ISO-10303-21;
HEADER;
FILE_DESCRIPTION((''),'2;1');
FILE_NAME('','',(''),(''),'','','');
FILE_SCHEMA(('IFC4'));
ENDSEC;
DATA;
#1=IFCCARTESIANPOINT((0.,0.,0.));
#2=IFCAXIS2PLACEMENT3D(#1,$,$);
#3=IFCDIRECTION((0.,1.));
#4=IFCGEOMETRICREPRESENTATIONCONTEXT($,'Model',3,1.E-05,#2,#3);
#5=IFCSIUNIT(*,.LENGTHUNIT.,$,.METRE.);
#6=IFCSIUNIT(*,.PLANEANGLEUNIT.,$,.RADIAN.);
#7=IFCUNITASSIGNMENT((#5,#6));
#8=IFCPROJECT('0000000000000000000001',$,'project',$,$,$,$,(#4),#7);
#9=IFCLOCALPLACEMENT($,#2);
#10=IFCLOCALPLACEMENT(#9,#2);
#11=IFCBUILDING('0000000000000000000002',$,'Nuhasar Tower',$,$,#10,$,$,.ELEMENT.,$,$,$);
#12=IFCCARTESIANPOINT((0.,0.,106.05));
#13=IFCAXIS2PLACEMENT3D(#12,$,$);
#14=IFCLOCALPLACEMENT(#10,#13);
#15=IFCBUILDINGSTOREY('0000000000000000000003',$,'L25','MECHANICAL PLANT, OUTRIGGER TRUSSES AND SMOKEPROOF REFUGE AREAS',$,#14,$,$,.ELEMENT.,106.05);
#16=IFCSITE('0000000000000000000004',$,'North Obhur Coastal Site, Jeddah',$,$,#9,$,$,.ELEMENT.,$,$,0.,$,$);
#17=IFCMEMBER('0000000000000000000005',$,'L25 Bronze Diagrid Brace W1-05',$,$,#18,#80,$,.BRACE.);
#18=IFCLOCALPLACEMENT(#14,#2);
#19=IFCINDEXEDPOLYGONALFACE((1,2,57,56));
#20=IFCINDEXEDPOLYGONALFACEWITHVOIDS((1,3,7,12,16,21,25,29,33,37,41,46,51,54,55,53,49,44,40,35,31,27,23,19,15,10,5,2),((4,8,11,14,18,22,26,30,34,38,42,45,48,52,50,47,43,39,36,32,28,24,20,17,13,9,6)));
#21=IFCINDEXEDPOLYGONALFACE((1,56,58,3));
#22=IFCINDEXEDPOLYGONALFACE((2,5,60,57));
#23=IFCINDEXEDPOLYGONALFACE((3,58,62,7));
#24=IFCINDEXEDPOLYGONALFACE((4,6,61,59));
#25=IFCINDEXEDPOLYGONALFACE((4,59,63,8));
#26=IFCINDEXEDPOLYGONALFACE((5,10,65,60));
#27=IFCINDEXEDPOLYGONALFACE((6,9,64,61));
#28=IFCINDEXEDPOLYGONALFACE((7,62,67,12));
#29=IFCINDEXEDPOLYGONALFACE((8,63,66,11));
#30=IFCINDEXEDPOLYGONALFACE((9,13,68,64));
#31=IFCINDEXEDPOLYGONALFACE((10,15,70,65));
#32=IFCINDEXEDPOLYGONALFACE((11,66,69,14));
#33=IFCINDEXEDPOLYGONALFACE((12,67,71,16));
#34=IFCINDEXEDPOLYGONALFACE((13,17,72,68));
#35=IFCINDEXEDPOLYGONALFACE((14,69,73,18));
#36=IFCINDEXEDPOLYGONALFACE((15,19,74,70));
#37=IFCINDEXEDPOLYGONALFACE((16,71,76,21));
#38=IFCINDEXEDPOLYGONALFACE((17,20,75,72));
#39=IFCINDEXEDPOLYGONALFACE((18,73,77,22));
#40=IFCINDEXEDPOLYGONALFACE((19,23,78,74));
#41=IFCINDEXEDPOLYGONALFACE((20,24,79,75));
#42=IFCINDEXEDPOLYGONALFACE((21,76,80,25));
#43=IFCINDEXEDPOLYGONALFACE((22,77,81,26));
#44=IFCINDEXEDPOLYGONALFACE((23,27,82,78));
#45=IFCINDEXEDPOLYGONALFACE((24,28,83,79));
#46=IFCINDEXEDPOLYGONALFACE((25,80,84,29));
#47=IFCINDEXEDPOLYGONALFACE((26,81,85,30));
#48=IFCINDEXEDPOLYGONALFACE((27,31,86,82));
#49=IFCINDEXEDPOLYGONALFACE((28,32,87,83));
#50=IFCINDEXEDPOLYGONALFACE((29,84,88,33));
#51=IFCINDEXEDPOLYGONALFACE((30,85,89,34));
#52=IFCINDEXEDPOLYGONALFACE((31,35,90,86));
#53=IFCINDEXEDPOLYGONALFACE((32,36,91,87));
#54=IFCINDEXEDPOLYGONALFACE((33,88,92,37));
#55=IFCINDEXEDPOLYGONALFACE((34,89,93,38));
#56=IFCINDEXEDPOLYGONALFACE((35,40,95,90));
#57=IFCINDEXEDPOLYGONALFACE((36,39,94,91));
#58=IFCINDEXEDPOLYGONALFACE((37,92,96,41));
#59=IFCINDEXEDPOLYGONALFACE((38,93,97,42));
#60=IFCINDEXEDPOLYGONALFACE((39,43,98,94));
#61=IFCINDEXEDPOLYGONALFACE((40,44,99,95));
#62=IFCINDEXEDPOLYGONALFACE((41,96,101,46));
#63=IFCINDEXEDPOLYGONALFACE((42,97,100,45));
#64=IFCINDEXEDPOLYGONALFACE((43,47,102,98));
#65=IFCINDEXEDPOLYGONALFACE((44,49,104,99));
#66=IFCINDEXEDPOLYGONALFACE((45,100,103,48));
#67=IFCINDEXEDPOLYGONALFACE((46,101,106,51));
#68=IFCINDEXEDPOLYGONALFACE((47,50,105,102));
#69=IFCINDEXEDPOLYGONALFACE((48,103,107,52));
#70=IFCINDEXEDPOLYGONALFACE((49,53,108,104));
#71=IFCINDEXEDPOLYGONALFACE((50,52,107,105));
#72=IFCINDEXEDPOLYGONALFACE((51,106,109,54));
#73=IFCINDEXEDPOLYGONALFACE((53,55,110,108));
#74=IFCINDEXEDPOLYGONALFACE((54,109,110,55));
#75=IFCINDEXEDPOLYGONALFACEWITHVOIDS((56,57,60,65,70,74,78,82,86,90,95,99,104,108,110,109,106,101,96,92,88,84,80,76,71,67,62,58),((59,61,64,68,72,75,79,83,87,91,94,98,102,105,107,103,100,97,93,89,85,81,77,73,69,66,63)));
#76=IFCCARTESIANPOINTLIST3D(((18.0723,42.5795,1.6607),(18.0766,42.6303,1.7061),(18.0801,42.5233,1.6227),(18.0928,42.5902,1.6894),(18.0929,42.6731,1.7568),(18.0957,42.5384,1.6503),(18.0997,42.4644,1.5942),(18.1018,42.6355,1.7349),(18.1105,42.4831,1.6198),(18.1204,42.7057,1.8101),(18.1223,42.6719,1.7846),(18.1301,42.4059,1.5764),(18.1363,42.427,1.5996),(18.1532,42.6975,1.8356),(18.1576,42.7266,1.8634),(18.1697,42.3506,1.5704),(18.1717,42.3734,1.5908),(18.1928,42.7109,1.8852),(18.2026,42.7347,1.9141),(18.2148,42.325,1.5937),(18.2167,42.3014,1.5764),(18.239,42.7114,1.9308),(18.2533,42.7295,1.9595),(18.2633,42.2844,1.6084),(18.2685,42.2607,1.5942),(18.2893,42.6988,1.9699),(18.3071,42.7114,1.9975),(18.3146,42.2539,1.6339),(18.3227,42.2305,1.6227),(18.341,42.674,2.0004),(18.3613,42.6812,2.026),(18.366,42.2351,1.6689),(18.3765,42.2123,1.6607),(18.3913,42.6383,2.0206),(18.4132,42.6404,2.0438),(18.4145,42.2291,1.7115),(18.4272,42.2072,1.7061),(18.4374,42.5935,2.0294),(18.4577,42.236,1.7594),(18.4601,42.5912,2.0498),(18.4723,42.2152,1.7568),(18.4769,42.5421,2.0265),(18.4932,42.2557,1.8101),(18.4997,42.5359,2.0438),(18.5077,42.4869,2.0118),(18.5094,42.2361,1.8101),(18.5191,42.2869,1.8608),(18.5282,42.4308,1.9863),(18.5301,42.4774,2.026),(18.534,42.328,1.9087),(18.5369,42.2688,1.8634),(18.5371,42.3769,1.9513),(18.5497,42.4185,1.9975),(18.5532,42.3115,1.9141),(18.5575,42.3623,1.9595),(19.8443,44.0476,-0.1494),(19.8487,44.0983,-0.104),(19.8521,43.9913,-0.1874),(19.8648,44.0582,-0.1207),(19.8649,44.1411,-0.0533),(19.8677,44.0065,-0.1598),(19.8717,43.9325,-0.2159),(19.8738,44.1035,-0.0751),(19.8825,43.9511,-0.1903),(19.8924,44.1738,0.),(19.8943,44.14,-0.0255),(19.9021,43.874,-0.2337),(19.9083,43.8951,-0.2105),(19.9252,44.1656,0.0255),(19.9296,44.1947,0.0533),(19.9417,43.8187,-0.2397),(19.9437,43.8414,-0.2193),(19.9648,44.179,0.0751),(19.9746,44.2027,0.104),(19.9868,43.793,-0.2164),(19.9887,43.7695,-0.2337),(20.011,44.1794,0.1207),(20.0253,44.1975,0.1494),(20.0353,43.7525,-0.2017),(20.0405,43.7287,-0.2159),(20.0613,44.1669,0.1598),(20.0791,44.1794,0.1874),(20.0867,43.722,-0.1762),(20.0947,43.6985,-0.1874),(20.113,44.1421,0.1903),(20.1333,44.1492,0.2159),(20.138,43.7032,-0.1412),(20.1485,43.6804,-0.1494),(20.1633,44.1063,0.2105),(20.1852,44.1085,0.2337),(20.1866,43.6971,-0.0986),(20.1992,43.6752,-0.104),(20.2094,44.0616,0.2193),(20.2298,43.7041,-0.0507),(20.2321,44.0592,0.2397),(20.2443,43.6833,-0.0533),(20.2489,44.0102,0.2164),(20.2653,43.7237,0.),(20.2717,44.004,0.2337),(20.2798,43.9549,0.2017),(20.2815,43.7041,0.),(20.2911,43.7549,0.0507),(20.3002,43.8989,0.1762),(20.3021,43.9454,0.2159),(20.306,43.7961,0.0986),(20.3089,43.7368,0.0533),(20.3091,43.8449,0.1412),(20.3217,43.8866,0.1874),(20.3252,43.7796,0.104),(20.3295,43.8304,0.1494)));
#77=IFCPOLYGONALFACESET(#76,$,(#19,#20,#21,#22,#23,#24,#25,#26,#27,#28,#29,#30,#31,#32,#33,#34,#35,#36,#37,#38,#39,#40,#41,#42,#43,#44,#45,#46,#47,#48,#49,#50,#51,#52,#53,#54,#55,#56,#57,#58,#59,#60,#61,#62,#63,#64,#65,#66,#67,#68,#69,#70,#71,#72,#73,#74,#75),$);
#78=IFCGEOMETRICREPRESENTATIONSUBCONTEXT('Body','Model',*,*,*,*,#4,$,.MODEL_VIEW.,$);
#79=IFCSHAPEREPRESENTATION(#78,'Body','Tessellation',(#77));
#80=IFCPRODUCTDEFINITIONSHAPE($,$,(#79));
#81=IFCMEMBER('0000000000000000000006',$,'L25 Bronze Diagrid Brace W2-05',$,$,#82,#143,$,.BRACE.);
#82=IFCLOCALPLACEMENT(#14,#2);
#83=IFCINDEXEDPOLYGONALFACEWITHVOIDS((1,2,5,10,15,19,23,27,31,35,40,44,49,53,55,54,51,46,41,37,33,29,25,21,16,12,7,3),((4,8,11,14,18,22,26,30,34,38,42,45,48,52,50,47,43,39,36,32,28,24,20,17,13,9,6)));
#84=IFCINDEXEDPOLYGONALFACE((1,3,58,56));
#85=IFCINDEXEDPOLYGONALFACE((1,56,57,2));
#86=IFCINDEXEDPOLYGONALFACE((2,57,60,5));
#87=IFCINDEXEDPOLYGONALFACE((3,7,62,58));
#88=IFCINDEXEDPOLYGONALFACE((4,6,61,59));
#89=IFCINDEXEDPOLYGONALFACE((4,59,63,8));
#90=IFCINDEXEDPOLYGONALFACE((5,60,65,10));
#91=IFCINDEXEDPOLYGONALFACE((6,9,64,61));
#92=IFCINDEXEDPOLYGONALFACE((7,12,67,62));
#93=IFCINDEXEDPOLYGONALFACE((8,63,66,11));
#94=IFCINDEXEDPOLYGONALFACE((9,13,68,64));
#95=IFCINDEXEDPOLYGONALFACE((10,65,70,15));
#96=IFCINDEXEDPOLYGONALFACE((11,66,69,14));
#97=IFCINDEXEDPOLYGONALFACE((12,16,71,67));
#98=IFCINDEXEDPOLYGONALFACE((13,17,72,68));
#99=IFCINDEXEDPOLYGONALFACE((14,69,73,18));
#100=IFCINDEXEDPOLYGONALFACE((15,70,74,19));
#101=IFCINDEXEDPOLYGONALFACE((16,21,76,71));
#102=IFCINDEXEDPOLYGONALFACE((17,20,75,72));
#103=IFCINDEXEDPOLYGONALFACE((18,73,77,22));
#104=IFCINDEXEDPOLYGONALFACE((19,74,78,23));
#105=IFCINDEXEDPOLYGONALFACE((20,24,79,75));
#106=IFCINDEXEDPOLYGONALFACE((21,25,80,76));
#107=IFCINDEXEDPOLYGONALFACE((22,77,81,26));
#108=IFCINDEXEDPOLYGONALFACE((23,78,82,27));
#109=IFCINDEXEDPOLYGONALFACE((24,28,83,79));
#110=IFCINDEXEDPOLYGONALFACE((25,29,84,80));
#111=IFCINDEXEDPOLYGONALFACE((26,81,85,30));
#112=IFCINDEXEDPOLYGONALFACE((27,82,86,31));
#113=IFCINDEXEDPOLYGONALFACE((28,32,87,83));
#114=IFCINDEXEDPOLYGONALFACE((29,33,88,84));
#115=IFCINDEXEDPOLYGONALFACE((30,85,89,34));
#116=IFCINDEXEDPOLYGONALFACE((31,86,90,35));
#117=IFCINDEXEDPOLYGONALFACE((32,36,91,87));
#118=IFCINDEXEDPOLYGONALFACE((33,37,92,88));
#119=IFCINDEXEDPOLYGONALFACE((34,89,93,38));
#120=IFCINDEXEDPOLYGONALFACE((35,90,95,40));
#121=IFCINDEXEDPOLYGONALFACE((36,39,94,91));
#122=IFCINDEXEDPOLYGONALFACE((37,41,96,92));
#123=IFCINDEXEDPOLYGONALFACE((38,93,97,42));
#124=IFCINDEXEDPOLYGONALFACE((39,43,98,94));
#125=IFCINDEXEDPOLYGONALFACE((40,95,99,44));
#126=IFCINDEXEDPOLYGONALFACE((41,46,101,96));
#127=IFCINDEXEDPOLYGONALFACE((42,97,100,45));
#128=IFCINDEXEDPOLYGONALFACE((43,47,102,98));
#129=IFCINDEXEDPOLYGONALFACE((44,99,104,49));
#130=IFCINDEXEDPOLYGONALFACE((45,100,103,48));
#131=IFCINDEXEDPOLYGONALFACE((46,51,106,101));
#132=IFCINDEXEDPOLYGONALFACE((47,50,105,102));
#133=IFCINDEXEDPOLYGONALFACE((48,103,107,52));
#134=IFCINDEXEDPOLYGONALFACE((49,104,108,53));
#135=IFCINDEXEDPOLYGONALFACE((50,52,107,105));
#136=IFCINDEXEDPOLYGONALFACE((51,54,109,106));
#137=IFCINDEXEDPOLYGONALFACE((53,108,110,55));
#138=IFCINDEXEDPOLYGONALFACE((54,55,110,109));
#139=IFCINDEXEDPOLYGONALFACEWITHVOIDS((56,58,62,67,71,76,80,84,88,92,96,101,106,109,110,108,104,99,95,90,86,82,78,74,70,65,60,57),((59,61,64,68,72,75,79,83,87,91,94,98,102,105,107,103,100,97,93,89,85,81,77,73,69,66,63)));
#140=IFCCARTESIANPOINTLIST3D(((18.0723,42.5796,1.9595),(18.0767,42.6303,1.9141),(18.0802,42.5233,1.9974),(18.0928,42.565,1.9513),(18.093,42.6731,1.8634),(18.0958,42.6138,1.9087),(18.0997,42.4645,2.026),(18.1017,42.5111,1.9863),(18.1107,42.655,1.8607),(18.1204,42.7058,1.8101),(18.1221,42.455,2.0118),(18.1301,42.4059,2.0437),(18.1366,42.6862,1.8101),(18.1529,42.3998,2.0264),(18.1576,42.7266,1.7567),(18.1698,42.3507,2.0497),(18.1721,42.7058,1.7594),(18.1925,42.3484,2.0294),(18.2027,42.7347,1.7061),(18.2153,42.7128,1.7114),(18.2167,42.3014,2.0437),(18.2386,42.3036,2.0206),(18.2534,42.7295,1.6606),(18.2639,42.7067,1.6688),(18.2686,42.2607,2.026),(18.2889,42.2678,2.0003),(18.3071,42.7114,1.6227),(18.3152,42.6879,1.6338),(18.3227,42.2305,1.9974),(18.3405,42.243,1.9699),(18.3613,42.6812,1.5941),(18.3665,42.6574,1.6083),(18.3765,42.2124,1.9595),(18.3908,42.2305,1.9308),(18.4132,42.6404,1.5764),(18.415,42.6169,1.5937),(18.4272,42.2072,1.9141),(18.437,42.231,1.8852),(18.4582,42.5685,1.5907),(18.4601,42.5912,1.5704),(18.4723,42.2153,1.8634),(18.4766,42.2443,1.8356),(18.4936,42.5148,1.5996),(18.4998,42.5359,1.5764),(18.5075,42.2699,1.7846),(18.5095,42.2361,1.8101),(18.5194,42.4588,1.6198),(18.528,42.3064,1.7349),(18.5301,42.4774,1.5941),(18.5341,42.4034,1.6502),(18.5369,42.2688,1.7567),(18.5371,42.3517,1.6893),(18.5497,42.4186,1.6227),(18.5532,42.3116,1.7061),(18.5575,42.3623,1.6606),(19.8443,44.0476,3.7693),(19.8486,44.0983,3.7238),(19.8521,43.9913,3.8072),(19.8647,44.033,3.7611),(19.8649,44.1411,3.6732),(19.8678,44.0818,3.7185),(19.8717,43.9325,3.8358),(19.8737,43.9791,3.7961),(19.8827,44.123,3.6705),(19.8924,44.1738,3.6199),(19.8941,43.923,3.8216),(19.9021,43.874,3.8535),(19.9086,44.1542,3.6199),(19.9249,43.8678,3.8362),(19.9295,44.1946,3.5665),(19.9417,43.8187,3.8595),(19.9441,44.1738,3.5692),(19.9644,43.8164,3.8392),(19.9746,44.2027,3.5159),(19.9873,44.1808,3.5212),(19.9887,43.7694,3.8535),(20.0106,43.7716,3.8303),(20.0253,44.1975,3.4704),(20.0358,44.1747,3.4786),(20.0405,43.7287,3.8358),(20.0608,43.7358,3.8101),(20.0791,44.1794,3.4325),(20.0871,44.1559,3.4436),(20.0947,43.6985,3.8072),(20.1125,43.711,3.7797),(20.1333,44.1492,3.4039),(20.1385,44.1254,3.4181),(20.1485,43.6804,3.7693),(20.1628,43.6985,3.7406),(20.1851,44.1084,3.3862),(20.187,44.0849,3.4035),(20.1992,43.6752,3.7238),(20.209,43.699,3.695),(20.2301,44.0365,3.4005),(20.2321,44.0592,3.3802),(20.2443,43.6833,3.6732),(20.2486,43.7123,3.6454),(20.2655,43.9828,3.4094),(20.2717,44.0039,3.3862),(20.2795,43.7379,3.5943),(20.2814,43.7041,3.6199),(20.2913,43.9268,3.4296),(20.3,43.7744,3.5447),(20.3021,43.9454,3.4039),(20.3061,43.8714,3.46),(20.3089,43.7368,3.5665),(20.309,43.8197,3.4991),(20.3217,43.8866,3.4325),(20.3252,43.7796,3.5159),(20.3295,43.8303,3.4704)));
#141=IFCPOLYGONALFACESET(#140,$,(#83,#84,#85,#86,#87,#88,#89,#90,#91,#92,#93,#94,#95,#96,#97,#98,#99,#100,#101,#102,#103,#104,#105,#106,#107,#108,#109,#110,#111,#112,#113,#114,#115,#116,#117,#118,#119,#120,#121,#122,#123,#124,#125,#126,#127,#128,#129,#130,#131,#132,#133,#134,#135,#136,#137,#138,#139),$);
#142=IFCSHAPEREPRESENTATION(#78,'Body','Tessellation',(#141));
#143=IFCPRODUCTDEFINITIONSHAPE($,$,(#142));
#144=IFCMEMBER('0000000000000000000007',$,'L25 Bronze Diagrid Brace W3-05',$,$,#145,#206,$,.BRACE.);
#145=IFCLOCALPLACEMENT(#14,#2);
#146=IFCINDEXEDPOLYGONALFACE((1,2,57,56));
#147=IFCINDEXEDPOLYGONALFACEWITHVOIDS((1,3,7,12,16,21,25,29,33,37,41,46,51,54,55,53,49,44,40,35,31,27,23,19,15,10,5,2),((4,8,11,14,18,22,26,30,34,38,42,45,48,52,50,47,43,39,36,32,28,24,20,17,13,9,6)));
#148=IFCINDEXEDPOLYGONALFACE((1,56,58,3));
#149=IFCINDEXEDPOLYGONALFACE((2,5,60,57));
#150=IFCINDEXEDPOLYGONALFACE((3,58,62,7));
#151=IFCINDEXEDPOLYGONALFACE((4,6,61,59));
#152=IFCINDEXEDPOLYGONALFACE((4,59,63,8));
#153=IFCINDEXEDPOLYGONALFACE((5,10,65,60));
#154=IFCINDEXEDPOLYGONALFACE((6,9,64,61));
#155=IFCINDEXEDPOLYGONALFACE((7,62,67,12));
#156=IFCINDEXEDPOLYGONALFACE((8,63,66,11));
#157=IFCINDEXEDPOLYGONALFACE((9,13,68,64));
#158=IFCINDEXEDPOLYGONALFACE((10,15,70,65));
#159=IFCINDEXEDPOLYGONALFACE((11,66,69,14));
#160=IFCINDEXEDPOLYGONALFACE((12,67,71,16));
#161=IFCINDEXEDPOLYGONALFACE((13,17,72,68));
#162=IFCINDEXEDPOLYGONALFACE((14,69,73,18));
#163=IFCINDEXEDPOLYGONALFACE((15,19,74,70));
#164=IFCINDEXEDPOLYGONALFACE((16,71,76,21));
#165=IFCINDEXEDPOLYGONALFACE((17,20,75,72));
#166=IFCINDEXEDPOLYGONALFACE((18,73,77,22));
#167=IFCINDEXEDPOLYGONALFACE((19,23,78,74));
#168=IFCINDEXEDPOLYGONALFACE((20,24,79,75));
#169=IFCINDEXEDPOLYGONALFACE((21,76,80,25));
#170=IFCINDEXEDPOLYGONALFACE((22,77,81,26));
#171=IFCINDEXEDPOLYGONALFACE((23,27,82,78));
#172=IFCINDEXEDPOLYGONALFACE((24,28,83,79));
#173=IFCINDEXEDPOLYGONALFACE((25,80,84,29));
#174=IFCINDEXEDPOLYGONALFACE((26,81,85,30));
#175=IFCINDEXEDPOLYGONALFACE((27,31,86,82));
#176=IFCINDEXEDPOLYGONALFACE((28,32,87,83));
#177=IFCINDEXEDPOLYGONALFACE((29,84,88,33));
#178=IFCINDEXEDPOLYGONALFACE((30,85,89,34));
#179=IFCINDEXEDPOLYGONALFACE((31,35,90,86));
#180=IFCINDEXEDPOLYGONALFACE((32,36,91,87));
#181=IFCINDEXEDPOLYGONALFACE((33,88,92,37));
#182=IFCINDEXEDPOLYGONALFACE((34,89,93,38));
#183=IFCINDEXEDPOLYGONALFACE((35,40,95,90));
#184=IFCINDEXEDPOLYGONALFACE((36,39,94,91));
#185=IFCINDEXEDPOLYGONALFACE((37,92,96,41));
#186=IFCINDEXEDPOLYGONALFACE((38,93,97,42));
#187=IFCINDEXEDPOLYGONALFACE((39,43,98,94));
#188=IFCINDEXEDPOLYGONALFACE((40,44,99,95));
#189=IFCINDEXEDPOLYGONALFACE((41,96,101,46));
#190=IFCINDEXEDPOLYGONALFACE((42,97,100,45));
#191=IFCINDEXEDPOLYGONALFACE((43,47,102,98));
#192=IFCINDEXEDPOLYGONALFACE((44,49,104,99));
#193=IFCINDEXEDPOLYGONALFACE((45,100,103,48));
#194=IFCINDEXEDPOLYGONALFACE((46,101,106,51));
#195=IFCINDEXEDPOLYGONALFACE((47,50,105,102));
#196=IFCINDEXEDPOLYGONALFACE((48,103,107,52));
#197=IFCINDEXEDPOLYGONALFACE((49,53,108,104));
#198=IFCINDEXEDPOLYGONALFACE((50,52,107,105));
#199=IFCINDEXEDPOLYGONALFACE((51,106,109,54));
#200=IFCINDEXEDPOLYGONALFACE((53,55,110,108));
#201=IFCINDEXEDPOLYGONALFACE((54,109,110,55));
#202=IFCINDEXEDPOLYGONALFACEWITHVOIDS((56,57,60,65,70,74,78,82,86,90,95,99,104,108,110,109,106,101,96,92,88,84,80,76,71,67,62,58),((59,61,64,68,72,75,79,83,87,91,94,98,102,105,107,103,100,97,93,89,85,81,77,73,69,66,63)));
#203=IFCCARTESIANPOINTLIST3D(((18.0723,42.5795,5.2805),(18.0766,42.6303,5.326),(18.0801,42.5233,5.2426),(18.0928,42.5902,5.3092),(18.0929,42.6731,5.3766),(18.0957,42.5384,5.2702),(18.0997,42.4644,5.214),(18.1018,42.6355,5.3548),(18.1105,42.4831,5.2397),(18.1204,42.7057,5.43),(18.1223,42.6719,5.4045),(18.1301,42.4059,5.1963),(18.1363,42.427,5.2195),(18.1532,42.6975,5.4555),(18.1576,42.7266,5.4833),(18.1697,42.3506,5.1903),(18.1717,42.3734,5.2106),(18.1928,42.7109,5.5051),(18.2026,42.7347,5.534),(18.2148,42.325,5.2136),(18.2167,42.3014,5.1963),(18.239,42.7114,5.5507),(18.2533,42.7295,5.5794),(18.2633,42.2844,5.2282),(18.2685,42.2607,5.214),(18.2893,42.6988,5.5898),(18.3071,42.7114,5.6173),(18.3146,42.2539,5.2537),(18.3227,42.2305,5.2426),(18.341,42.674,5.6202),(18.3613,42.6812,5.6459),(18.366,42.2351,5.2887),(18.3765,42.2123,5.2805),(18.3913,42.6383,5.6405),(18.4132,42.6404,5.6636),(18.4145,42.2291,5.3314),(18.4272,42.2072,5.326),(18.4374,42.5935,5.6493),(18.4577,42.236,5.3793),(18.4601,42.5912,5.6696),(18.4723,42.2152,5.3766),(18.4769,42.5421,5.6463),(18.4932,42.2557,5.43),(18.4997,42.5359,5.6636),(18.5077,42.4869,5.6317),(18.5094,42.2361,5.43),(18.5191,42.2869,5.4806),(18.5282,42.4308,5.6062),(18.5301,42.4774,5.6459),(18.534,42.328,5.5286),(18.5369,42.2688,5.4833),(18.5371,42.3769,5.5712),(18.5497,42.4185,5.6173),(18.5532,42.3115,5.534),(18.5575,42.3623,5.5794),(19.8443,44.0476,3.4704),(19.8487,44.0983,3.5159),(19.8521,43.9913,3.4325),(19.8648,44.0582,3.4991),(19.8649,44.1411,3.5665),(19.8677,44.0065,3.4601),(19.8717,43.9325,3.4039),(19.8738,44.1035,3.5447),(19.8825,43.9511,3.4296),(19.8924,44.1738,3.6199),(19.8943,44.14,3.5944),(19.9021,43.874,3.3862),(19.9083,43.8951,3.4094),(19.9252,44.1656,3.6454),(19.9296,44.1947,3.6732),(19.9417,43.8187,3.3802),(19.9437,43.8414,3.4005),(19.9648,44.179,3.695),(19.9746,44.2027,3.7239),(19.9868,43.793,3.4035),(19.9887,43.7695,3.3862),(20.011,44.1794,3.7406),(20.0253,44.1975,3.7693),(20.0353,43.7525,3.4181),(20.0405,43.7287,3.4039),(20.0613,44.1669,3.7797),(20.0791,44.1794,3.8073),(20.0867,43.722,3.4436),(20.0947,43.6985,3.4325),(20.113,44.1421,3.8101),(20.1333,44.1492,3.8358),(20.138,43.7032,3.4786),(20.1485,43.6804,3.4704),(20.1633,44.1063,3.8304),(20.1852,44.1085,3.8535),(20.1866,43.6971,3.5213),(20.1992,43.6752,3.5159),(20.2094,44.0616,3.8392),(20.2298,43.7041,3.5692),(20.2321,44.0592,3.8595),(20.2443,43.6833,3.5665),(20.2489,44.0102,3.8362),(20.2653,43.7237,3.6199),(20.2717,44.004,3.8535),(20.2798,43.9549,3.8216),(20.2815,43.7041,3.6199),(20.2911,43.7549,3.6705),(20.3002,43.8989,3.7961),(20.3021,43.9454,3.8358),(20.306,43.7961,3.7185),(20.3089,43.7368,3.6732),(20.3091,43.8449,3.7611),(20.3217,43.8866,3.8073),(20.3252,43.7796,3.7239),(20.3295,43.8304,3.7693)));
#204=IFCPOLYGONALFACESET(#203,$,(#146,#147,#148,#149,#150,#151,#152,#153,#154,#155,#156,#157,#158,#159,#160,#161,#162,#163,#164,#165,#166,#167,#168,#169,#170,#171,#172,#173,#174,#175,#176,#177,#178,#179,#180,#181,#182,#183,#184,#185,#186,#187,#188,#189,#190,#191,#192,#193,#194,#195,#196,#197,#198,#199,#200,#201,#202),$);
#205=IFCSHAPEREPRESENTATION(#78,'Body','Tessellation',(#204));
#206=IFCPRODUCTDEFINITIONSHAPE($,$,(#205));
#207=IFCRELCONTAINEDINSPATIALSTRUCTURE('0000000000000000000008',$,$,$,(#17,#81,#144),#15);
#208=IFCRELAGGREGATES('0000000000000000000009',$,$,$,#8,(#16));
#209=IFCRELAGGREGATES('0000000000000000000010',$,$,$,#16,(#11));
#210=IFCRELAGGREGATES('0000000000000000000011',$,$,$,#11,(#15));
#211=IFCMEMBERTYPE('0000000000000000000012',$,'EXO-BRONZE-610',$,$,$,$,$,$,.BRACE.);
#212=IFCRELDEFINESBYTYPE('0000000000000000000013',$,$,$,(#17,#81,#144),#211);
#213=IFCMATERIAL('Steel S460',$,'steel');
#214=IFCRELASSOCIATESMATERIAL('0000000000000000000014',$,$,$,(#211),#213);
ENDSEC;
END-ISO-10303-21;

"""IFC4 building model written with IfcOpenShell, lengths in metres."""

from ifc_helpers import new_model, si_unit, direction, frame, origin, origin_2d, place, context, subcontext, project, spatial, hollow_circle, extrude, material, material_profile, profile_set, type_object, element, save


model = new_model("IFC4")

# Units and contexts
model_context = context("Model", 3, precision=1e-05, world=origin(), true_north=direction((0.0, 1.0)))
body_context = subcontext(model_context, "Body", "Model", "MODEL_VIEW")
ifc_project = project(units=[si_unit("LENGTHUNIT", "METRE"), si_unit("PLANEANGLEUNIT", "RADIAN")], contexts=[model_context])

# Site, building, storey
site_placement = place(None, origin())
site = spatial("IfcSite", under=ifc_project, at=site_placement, Name="North Obhur Coastal Site, Jeddah", CompositionType="ELEMENT", RefElevation=0.0)
building_placement = place(site_placement, origin())
building = spatial("IfcBuilding", under=site, at=building_placement, Name="Nuhasar Tower", CompositionType="ELEMENT")
storey_placement = place(building_placement, frame((0.0, 0.0, 106.05)))
storey = spatial("IfcBuildingStorey", under=building, at=storey_placement, Name="L25", Description="MECHANICAL PLANT, OUTRIGGER TRUSSES AND SMOKEPROOF REFUGE AREAS", CompositionType="ELEMENT", Elevation=106.05)

# Shared definitions
ifc_material_1 = material(Name="Steel S460", Category="steel")

# Members
ifc_material_profile_1 = material_profile(ifc_material_1, hollow_circle(Radius=0.3049, WallThickness=0.0254, at=origin_2d()), Name="HSS610X25.4")
ifc_profile_set_1 = profile_set([ifc_material_profile_1], Name="Steel S460")
member_type_1 = type_object("IfcMemberType", Name="EXO-BRONZE-610", PredefinedType="BRACE", material=ifc_profile_set_1)
member_1_placement = place(storey_placement, frame((20.0869, 43.939, 0.0), z_axis=(-0.605249, -0.501428, 0.618258), x_axis=(0.637969, -0.770062, 0.0)))
element("IfcMember", 1, at=member_1_placement, inside=storey, type_object=member_type_1, Name="L25 Bronze Diagrid Brace W1-05", PredefinedType="BRACE", context=body_context, shape_type="SweptSolid", body=[
    extrude(hollow_circle(Radius=0.3049, WallThickness=0.0254, at=origin_2d()), origin(), (0.0, 0.0, 1.0), 2.9277),
])
member_2_placement = place(storey_placement, frame((18.3149, 42.4709, 1.8101), z_axis=(0.605281, 0.501454, 0.618207), x_axis=(-0.637969, 0.770062, 0.0)))
element("IfcMember", 2, at=member_2_placement, inside=storey, type_object=member_type_1, Name="L25 Bronze Diagrid Brace W2-05", PredefinedType="BRACE", context=body_context, shape_type="SweptSolid", body=[
    extrude(hollow_circle(Radius=0.3049, WallThickness=0.0254, at=origin_2d()), origin(), (0.0, 0.0, 1.0), 2.9275),
])
member_3_placement = place(storey_placement, frame((20.0869, 43.939, 3.6199), z_axis=(-0.605249, -0.501428, 0.618258), x_axis=(0.637969, -0.770062, 0.0)))
element("IfcMember", 3, at=member_3_placement, inside=storey, type_object=member_type_1, Name="L25 Bronze Diagrid Brace W3-05", PredefinedType="BRACE", context=body_context, shape_type="SweptSolid", body=[
    extrude(hollow_circle(Radius=0.3049, WallThickness=0.0254, at=origin_2d()), origin(), (0.0, 0.0, 1.0), 2.9277),
])

save(model, "model.ifc")
